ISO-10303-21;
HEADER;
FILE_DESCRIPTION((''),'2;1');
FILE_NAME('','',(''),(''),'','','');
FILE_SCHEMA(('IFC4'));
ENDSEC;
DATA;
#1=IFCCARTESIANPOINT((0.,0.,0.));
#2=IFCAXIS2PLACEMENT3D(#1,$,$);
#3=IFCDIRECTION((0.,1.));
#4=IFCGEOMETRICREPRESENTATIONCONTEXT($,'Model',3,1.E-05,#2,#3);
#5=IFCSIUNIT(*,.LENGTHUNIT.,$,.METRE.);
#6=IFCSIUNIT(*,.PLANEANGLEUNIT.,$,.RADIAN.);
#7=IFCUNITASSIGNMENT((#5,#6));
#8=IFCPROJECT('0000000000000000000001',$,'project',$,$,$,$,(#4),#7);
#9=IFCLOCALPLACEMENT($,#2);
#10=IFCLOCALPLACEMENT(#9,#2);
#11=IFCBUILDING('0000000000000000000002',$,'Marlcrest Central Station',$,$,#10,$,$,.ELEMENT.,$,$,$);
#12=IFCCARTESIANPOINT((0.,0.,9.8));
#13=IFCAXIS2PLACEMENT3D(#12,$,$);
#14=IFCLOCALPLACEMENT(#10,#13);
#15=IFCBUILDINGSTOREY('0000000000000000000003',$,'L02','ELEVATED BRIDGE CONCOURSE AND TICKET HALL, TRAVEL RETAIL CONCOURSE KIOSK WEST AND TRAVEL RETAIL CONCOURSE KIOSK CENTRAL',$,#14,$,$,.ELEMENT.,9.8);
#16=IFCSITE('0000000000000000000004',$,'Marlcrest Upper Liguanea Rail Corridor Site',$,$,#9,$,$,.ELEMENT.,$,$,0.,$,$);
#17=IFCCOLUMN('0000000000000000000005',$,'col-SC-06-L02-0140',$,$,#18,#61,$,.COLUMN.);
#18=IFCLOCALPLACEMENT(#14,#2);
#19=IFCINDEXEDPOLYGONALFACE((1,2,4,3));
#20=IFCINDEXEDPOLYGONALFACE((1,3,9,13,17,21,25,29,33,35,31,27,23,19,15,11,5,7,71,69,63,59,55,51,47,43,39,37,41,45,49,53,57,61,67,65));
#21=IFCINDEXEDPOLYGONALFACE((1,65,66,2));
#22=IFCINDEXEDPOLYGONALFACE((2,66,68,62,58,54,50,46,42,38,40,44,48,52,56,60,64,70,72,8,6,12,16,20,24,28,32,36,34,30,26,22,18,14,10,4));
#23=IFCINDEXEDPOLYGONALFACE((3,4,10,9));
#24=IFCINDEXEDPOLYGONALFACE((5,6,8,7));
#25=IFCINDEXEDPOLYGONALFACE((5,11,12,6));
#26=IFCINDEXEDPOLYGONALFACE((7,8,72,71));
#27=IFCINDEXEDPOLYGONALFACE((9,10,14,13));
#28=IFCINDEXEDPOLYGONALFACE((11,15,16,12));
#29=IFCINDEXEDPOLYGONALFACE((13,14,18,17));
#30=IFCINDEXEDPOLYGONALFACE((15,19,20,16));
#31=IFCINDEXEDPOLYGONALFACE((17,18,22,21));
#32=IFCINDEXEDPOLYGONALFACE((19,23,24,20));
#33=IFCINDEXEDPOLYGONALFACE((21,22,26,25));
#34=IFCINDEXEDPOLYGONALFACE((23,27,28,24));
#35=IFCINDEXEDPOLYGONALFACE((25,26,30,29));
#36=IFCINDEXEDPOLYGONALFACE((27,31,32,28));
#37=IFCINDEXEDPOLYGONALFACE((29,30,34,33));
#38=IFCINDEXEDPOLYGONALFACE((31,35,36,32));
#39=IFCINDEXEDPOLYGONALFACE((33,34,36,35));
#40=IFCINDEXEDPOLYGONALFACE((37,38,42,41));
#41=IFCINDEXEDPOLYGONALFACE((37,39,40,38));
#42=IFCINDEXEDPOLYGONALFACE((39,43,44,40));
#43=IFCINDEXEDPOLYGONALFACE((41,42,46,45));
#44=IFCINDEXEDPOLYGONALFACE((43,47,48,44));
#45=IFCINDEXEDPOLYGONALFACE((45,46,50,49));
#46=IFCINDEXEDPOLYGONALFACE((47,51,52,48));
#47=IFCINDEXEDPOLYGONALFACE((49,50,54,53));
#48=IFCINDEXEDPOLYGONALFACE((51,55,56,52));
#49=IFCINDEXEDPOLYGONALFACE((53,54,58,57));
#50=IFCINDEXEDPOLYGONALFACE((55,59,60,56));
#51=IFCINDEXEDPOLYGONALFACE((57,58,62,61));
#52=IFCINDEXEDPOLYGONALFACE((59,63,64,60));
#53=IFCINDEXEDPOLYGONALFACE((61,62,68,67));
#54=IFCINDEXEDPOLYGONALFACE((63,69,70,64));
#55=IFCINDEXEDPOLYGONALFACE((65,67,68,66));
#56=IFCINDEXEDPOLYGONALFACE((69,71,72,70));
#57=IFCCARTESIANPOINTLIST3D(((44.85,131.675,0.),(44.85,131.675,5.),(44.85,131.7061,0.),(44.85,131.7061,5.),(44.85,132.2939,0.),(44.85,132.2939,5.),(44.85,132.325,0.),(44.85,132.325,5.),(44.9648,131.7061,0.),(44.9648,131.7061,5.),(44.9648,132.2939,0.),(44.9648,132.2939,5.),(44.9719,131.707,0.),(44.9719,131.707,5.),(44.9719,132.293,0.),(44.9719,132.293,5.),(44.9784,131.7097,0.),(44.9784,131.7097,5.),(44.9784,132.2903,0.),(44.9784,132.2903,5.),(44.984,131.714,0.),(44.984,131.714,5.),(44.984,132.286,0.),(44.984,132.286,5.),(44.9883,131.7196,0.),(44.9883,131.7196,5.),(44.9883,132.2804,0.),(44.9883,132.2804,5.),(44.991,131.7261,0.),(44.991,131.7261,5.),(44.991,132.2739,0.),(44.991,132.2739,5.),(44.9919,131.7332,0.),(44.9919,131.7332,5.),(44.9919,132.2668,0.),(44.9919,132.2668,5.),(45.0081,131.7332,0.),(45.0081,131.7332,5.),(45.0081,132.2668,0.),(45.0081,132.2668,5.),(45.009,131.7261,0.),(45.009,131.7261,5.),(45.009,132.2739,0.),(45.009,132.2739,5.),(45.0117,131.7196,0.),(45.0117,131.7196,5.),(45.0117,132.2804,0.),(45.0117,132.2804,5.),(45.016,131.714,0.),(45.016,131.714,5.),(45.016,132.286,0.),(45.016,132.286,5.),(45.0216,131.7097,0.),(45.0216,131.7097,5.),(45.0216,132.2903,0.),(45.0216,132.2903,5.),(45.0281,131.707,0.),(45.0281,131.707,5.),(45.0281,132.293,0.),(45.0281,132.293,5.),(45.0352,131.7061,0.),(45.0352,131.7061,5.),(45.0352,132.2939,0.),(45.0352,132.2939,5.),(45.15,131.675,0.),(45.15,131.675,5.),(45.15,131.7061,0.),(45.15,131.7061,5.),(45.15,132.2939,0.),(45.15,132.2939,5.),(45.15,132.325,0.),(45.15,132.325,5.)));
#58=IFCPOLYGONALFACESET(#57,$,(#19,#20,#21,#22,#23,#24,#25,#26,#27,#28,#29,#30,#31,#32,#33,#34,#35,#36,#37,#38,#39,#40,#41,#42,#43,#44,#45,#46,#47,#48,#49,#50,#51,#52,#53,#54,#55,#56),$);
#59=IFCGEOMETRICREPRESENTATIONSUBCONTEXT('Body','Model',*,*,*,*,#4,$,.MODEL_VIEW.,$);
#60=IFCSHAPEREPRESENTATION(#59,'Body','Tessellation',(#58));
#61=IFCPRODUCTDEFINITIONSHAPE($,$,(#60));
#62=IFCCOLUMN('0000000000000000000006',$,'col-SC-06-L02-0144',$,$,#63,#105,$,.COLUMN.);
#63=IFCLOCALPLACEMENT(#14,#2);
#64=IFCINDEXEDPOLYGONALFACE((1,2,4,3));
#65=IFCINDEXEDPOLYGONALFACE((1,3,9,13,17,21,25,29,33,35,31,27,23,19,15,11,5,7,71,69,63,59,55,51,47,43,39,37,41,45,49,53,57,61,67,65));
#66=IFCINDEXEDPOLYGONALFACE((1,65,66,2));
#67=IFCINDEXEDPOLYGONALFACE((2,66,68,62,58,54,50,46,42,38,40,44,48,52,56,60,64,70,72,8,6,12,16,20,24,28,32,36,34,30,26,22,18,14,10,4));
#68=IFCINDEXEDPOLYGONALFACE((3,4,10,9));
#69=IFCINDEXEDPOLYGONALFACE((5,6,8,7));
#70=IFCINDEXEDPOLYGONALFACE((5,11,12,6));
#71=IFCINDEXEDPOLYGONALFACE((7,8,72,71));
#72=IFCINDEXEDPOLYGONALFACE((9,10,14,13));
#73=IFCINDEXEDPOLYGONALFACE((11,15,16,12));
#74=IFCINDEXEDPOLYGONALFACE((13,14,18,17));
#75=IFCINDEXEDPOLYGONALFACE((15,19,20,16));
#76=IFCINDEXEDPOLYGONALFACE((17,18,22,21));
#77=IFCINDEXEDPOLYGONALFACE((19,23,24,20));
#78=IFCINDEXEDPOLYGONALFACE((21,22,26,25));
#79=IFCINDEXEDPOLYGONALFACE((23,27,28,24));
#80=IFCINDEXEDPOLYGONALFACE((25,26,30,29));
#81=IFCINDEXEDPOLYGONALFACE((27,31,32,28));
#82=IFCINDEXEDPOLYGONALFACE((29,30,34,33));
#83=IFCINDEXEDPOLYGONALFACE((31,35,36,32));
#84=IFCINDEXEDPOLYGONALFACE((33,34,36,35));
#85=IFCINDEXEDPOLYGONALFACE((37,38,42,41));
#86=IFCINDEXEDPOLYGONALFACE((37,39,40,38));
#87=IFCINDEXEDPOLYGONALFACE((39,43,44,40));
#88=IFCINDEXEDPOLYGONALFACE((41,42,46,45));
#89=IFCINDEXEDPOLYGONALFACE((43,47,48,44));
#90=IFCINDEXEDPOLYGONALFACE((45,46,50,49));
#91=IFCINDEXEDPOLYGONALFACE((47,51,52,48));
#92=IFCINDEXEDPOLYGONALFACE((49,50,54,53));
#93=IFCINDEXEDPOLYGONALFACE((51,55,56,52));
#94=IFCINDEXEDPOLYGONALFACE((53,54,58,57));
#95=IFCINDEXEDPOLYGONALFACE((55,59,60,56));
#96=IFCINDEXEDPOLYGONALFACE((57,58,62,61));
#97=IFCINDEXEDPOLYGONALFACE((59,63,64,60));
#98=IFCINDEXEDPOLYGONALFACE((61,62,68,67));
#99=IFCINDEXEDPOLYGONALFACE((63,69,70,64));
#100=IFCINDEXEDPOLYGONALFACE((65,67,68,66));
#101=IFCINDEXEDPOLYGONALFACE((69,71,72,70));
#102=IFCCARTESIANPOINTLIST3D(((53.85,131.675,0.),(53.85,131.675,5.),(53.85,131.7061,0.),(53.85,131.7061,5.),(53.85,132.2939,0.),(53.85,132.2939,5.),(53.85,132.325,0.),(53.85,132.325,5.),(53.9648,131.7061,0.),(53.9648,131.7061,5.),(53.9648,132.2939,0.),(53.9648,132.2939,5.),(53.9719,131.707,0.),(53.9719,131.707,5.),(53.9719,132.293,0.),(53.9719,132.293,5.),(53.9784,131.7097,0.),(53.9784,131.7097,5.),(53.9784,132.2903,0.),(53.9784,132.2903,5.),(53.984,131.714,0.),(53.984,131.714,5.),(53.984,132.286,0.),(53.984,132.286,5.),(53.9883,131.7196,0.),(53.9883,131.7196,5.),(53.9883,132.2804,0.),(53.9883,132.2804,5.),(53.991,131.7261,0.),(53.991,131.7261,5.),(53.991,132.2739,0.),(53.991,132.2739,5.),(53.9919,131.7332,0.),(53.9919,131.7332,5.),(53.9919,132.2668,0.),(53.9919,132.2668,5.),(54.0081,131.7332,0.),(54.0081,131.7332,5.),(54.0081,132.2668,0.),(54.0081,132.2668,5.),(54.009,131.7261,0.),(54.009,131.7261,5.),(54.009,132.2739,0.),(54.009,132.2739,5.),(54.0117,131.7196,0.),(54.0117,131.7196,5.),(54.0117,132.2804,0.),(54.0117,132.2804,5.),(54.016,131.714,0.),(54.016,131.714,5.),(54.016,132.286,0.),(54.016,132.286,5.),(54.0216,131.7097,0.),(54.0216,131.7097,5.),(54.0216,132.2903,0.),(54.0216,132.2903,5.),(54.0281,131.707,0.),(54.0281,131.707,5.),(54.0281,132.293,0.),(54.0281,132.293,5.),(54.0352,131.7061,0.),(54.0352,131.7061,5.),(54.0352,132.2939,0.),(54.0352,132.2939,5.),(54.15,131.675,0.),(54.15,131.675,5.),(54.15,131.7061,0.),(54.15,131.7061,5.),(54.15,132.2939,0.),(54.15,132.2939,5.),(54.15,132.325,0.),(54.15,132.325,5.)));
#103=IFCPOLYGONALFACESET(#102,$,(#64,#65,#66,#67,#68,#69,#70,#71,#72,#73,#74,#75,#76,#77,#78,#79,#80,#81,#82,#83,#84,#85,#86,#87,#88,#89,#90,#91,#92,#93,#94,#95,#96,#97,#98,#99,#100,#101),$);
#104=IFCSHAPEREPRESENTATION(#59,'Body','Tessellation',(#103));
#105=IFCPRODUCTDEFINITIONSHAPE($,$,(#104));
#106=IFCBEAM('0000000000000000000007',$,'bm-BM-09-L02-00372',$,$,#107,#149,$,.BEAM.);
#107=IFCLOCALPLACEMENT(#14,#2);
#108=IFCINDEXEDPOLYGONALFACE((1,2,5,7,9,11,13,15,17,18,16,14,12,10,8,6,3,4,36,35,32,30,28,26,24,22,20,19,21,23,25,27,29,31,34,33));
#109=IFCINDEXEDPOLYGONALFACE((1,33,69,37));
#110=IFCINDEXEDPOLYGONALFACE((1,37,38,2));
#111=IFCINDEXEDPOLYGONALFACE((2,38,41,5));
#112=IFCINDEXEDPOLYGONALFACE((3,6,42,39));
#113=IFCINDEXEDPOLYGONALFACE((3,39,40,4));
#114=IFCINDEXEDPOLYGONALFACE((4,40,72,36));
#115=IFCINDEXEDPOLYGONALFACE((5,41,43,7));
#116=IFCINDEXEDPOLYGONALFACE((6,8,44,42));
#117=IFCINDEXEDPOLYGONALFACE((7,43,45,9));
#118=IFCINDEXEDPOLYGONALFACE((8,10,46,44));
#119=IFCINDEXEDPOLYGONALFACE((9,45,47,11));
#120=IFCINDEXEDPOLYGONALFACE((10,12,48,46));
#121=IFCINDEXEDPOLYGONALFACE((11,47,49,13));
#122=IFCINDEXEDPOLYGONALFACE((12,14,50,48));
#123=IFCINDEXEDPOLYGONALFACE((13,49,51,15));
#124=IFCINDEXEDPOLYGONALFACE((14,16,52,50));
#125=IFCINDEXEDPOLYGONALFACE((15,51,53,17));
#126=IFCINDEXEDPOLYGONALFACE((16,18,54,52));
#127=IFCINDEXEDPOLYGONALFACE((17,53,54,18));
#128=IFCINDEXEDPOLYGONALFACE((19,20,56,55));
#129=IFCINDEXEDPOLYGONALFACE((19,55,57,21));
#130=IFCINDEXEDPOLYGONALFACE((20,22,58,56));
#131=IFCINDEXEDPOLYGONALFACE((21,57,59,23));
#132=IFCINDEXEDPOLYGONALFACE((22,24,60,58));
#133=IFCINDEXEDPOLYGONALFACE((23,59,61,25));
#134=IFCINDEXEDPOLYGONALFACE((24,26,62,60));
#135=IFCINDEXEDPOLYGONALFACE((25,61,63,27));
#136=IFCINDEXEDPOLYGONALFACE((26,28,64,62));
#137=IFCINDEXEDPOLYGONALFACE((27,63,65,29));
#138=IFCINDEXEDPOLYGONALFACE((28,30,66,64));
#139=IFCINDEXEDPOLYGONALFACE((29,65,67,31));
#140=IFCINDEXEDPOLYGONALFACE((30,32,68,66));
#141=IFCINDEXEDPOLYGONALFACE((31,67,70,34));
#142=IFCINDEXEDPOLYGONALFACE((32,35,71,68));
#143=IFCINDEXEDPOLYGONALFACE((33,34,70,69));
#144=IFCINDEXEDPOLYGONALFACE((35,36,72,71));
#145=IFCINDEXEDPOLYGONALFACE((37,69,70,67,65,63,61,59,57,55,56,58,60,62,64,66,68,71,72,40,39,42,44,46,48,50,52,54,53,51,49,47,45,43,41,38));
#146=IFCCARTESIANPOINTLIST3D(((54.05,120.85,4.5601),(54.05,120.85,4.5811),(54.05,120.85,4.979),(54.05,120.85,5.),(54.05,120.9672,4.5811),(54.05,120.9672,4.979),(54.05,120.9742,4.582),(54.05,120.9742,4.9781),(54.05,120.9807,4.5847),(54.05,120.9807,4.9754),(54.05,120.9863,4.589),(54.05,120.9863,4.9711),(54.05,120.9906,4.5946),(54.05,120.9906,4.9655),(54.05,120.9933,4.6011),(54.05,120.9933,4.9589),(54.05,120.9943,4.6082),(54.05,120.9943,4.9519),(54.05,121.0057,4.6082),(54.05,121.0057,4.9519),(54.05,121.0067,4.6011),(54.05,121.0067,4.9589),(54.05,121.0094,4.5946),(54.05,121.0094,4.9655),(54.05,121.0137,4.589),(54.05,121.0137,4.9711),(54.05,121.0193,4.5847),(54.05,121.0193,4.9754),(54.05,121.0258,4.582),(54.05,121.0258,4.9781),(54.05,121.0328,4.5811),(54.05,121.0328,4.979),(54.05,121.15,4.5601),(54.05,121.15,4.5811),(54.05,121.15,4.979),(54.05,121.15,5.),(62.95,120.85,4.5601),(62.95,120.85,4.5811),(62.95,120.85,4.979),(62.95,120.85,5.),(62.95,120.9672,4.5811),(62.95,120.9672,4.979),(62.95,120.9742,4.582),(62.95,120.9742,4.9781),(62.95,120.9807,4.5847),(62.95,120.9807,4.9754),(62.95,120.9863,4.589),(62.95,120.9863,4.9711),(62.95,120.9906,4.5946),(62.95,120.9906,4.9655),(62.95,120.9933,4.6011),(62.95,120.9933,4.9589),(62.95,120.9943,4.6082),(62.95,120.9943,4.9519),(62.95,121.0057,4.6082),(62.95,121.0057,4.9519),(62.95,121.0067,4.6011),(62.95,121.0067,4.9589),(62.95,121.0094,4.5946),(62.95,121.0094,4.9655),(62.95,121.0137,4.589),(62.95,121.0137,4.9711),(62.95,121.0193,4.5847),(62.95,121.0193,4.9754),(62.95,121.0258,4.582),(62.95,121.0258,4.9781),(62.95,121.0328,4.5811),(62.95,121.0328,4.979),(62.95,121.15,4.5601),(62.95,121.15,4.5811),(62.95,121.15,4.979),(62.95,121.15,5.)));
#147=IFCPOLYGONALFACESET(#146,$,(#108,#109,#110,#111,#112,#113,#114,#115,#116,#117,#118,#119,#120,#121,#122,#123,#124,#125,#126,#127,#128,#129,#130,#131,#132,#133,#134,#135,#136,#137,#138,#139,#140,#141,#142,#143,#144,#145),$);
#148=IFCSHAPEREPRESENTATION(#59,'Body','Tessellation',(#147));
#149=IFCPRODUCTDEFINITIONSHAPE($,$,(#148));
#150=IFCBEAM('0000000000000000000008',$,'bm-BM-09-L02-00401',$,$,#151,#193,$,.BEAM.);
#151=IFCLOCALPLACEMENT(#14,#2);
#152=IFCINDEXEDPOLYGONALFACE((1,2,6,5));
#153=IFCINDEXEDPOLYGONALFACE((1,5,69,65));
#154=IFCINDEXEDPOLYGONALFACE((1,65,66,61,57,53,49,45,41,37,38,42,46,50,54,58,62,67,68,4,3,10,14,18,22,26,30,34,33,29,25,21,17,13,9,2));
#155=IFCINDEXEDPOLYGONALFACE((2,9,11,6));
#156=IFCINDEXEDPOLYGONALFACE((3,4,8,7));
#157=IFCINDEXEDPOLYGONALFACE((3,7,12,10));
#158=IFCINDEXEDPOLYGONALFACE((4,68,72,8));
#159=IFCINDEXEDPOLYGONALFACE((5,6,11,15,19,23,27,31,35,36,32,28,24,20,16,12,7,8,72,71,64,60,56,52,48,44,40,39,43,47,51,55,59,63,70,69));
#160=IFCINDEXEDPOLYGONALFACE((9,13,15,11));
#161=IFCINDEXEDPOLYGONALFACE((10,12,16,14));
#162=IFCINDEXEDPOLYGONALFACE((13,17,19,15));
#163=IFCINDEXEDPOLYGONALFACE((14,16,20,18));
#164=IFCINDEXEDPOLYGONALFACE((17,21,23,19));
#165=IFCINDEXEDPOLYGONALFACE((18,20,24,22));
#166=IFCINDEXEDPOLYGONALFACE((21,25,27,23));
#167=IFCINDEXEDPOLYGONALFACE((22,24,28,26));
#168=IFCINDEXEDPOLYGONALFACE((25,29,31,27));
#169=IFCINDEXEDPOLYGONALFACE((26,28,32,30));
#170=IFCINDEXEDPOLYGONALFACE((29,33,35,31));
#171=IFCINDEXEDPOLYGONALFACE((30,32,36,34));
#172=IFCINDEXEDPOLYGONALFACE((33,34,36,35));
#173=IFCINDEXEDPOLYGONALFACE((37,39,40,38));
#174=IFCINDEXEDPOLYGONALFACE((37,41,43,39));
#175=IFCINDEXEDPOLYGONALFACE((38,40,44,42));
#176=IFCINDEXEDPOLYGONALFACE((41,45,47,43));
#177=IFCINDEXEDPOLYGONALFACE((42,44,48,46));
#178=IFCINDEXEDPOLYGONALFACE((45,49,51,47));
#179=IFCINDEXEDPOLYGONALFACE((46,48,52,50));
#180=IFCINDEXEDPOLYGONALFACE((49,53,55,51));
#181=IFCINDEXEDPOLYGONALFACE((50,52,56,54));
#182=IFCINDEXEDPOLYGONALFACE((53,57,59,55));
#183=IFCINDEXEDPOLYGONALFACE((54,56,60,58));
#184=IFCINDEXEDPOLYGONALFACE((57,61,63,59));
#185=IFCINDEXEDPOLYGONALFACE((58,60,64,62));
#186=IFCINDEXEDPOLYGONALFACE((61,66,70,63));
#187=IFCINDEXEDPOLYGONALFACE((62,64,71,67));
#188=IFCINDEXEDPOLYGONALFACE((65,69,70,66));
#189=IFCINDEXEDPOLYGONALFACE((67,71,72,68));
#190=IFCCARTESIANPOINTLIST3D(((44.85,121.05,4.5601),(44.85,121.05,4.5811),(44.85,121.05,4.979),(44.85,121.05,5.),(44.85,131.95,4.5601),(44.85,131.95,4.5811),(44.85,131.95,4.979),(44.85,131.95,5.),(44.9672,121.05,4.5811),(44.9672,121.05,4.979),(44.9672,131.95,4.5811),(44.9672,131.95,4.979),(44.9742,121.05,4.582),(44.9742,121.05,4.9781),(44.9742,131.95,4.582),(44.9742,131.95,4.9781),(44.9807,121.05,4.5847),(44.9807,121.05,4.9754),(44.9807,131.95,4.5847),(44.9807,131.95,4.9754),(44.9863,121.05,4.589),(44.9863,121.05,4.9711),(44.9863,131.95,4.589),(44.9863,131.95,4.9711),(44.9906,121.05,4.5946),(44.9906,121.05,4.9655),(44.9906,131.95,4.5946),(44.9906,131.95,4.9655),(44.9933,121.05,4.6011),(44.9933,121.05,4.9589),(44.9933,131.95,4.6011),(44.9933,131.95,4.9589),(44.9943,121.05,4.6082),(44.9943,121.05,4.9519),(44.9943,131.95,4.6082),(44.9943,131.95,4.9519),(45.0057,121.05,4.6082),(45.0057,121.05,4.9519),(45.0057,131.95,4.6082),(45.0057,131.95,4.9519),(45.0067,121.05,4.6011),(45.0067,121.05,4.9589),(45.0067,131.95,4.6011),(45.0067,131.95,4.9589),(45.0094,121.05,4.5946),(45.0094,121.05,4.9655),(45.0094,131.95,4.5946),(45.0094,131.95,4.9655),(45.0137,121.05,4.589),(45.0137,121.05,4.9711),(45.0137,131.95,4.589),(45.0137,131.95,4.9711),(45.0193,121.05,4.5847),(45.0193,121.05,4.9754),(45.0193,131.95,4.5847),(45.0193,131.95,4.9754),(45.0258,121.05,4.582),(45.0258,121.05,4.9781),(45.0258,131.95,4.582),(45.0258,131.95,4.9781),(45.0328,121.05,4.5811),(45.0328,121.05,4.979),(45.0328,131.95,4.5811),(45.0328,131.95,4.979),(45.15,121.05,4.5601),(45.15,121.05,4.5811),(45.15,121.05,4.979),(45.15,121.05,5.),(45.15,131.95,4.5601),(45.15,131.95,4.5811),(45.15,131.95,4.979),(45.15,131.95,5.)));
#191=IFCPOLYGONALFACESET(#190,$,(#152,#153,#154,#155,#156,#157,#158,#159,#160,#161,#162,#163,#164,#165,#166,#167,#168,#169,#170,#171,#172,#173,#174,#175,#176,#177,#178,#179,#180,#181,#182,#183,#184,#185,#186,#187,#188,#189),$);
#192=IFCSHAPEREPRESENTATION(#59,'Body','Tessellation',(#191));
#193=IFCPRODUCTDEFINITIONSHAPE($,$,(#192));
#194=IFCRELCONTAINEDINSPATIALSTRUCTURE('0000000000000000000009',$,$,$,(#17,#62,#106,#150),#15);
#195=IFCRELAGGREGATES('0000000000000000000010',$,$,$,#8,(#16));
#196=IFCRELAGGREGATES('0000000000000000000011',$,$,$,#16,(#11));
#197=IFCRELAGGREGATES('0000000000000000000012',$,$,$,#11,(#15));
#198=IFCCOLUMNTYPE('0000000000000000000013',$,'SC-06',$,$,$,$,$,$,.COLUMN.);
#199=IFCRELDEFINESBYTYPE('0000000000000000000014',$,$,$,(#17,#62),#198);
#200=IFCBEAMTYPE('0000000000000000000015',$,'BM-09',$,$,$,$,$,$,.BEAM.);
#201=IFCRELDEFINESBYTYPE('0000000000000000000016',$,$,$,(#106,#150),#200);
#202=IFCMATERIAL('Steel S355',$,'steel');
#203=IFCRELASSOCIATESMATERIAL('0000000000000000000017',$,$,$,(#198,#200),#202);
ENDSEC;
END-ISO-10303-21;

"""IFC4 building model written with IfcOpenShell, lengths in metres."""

from ifc_helpers import new_model, si_unit, direction, frame, origin, origin_2d, place, context, subcontext, project, spatial, i_section, extrude, material, material_profile, profile_set, type_object, element, save


model = new_model("IFC4")

# Units and contexts
model_context = context("Model", 3, precision=1e-05, world=origin(), true_north=direction((0.0, 1.0)))
body_context = subcontext(model_context, "Body", "Model", "MODEL_VIEW")
ifc_project = project(units=[si_unit("LENGTHUNIT", "METRE"), si_unit("PLANEANGLEUNIT", "RADIAN")], contexts=[model_context])

# Site, building, storey
site_placement = place(None, origin())
site = spatial("IfcSite", under=ifc_project, at=site_placement, Name="Marlcrest Upper Liguanea Rail Corridor Site", CompositionType="ELEMENT", RefElevation=0.0)
building_placement = place(site_placement, origin())
building = spatial("IfcBuilding", under=site, at=building_placement, Name="Marlcrest Central Station", CompositionType="ELEMENT")
storey_placement = place(building_placement, frame((0.0, 0.0, 9.8)))
storey = spatial("IfcBuildingStorey", under=building, at=storey_placement, Name="L02", Description="ELEVATED BRIDGE CONCOURSE AND TICKET HALL, TRAVEL RETAIL CONCOURSE KIOSK WEST AND TRAVEL RETAIL CONCOURSE KIOSK CENTRAL", CompositionType="ELEMENT", Elevation=9.8)

# Columns
ifc_material_1 = material(Name="Steel S355", Category="steel")
ifc_material_profile_1 = material_profile(ifc_material_1, i_section(OverallWidth=0.3, OverallDepth=0.6499, WebThickness=0.0161, FlangeThickness=0.031, FilletRadius=0.0271, at=origin_2d()), Name="HEB 650")
ifc_profile_set_1 = profile_set([ifc_material_profile_1], Name="Steel S355")
column_type = type_object("IfcColumnType", Name="SC-06", PredefinedType="COLUMN", material=ifc_profile_set_1)
for number, where, z_axis, x_axis, name in (
    (1, (45.0, 132.0, 0.0), (0.0, 0.0, 1.0), (1.0, 0.0, 0.0), "col-SC-06-L02-0140"),
    (2, (54.0, 132.0, 0.0), (0.0, 0.0, 1.0), (1.0, 0.0, 0.0), "col-SC-06-L02-0144"),
):
    element("IfcColumn", number, at=place(storey_placement, frame(where, z_axis=z_axis, x_axis=x_axis)), inside=storey, type_object=column_type, Name=name, PredefinedType="COLUMN", context=body_context, shape_type="SweptSolid", body=[
        extrude(i_section(OverallWidth=0.3, OverallDepth=0.6499, WebThickness=0.0161, FlangeThickness=0.031, FilletRadius=0.0271, at=origin_2d()), origin(), (0.0, 0.0, 1.0), 5.0),
    ])

# Beams
ifc_material_profile_2 = material_profile(ifc_material_1, i_section(OverallWidth=0.3, OverallDepth=0.4399, WebThickness=0.0115, FlangeThickness=0.021, FilletRadius=0.0271, at=origin_2d()), Name="HEA 450")
ifc_profile_set_2 = profile_set([ifc_material_profile_2], Name="Steel S355")
beam_type_1 = type_object("IfcBeamType", Name="BM-09", PredefinedType="BEAM", material=ifc_profile_set_2)
beam_placement = place(storey_placement, frame((54.05, 121.0, 4.78), z_axis=(1.0, 0.0, 0.0), x_axis=(0.0, 1.0, 0.0)))
element("IfcBeam", 3, at=beam_placement, inside=storey, type_object=beam_type_1, Name="bm-BM-09-L02-00372", PredefinedType="BEAM", context=body_context, shape_type="SweptSolid", body=[
    extrude(i_section(OverallWidth=0.3, OverallDepth=0.4399, WebThickness=0.0115, FlangeThickness=0.021, FilletRadius=0.0271, at=origin_2d()), origin(), (0.0, 0.0, 1.0), 8.8999),
])
for number, where, z_axis, x_axis, name in (
    (4, (45.0, 121.05, 4.78), (0.0, 1.0, 0.0), (-1.0, 0.0, 0.0), "bm-BM-09-L02-00401"),
):
    element("IfcBeam", number, at=place(storey_placement, frame(where, z_axis=z_axis, x_axis=x_axis)), inside=storey, type_object=beam_type_1, Name=name, PredefinedType="BEAM", context=body_context, shape_type="SweptSolid", body=[
        extrude(i_section(OverallWidth=0.3, OverallDepth=0.4399, WebThickness=0.0115, FlangeThickness=0.021, FilletRadius=0.0271, at=origin_2d()), origin(), (0.0, 0.0, 1.0), 10.8999),
    ])

save(model, "model.ifc")
